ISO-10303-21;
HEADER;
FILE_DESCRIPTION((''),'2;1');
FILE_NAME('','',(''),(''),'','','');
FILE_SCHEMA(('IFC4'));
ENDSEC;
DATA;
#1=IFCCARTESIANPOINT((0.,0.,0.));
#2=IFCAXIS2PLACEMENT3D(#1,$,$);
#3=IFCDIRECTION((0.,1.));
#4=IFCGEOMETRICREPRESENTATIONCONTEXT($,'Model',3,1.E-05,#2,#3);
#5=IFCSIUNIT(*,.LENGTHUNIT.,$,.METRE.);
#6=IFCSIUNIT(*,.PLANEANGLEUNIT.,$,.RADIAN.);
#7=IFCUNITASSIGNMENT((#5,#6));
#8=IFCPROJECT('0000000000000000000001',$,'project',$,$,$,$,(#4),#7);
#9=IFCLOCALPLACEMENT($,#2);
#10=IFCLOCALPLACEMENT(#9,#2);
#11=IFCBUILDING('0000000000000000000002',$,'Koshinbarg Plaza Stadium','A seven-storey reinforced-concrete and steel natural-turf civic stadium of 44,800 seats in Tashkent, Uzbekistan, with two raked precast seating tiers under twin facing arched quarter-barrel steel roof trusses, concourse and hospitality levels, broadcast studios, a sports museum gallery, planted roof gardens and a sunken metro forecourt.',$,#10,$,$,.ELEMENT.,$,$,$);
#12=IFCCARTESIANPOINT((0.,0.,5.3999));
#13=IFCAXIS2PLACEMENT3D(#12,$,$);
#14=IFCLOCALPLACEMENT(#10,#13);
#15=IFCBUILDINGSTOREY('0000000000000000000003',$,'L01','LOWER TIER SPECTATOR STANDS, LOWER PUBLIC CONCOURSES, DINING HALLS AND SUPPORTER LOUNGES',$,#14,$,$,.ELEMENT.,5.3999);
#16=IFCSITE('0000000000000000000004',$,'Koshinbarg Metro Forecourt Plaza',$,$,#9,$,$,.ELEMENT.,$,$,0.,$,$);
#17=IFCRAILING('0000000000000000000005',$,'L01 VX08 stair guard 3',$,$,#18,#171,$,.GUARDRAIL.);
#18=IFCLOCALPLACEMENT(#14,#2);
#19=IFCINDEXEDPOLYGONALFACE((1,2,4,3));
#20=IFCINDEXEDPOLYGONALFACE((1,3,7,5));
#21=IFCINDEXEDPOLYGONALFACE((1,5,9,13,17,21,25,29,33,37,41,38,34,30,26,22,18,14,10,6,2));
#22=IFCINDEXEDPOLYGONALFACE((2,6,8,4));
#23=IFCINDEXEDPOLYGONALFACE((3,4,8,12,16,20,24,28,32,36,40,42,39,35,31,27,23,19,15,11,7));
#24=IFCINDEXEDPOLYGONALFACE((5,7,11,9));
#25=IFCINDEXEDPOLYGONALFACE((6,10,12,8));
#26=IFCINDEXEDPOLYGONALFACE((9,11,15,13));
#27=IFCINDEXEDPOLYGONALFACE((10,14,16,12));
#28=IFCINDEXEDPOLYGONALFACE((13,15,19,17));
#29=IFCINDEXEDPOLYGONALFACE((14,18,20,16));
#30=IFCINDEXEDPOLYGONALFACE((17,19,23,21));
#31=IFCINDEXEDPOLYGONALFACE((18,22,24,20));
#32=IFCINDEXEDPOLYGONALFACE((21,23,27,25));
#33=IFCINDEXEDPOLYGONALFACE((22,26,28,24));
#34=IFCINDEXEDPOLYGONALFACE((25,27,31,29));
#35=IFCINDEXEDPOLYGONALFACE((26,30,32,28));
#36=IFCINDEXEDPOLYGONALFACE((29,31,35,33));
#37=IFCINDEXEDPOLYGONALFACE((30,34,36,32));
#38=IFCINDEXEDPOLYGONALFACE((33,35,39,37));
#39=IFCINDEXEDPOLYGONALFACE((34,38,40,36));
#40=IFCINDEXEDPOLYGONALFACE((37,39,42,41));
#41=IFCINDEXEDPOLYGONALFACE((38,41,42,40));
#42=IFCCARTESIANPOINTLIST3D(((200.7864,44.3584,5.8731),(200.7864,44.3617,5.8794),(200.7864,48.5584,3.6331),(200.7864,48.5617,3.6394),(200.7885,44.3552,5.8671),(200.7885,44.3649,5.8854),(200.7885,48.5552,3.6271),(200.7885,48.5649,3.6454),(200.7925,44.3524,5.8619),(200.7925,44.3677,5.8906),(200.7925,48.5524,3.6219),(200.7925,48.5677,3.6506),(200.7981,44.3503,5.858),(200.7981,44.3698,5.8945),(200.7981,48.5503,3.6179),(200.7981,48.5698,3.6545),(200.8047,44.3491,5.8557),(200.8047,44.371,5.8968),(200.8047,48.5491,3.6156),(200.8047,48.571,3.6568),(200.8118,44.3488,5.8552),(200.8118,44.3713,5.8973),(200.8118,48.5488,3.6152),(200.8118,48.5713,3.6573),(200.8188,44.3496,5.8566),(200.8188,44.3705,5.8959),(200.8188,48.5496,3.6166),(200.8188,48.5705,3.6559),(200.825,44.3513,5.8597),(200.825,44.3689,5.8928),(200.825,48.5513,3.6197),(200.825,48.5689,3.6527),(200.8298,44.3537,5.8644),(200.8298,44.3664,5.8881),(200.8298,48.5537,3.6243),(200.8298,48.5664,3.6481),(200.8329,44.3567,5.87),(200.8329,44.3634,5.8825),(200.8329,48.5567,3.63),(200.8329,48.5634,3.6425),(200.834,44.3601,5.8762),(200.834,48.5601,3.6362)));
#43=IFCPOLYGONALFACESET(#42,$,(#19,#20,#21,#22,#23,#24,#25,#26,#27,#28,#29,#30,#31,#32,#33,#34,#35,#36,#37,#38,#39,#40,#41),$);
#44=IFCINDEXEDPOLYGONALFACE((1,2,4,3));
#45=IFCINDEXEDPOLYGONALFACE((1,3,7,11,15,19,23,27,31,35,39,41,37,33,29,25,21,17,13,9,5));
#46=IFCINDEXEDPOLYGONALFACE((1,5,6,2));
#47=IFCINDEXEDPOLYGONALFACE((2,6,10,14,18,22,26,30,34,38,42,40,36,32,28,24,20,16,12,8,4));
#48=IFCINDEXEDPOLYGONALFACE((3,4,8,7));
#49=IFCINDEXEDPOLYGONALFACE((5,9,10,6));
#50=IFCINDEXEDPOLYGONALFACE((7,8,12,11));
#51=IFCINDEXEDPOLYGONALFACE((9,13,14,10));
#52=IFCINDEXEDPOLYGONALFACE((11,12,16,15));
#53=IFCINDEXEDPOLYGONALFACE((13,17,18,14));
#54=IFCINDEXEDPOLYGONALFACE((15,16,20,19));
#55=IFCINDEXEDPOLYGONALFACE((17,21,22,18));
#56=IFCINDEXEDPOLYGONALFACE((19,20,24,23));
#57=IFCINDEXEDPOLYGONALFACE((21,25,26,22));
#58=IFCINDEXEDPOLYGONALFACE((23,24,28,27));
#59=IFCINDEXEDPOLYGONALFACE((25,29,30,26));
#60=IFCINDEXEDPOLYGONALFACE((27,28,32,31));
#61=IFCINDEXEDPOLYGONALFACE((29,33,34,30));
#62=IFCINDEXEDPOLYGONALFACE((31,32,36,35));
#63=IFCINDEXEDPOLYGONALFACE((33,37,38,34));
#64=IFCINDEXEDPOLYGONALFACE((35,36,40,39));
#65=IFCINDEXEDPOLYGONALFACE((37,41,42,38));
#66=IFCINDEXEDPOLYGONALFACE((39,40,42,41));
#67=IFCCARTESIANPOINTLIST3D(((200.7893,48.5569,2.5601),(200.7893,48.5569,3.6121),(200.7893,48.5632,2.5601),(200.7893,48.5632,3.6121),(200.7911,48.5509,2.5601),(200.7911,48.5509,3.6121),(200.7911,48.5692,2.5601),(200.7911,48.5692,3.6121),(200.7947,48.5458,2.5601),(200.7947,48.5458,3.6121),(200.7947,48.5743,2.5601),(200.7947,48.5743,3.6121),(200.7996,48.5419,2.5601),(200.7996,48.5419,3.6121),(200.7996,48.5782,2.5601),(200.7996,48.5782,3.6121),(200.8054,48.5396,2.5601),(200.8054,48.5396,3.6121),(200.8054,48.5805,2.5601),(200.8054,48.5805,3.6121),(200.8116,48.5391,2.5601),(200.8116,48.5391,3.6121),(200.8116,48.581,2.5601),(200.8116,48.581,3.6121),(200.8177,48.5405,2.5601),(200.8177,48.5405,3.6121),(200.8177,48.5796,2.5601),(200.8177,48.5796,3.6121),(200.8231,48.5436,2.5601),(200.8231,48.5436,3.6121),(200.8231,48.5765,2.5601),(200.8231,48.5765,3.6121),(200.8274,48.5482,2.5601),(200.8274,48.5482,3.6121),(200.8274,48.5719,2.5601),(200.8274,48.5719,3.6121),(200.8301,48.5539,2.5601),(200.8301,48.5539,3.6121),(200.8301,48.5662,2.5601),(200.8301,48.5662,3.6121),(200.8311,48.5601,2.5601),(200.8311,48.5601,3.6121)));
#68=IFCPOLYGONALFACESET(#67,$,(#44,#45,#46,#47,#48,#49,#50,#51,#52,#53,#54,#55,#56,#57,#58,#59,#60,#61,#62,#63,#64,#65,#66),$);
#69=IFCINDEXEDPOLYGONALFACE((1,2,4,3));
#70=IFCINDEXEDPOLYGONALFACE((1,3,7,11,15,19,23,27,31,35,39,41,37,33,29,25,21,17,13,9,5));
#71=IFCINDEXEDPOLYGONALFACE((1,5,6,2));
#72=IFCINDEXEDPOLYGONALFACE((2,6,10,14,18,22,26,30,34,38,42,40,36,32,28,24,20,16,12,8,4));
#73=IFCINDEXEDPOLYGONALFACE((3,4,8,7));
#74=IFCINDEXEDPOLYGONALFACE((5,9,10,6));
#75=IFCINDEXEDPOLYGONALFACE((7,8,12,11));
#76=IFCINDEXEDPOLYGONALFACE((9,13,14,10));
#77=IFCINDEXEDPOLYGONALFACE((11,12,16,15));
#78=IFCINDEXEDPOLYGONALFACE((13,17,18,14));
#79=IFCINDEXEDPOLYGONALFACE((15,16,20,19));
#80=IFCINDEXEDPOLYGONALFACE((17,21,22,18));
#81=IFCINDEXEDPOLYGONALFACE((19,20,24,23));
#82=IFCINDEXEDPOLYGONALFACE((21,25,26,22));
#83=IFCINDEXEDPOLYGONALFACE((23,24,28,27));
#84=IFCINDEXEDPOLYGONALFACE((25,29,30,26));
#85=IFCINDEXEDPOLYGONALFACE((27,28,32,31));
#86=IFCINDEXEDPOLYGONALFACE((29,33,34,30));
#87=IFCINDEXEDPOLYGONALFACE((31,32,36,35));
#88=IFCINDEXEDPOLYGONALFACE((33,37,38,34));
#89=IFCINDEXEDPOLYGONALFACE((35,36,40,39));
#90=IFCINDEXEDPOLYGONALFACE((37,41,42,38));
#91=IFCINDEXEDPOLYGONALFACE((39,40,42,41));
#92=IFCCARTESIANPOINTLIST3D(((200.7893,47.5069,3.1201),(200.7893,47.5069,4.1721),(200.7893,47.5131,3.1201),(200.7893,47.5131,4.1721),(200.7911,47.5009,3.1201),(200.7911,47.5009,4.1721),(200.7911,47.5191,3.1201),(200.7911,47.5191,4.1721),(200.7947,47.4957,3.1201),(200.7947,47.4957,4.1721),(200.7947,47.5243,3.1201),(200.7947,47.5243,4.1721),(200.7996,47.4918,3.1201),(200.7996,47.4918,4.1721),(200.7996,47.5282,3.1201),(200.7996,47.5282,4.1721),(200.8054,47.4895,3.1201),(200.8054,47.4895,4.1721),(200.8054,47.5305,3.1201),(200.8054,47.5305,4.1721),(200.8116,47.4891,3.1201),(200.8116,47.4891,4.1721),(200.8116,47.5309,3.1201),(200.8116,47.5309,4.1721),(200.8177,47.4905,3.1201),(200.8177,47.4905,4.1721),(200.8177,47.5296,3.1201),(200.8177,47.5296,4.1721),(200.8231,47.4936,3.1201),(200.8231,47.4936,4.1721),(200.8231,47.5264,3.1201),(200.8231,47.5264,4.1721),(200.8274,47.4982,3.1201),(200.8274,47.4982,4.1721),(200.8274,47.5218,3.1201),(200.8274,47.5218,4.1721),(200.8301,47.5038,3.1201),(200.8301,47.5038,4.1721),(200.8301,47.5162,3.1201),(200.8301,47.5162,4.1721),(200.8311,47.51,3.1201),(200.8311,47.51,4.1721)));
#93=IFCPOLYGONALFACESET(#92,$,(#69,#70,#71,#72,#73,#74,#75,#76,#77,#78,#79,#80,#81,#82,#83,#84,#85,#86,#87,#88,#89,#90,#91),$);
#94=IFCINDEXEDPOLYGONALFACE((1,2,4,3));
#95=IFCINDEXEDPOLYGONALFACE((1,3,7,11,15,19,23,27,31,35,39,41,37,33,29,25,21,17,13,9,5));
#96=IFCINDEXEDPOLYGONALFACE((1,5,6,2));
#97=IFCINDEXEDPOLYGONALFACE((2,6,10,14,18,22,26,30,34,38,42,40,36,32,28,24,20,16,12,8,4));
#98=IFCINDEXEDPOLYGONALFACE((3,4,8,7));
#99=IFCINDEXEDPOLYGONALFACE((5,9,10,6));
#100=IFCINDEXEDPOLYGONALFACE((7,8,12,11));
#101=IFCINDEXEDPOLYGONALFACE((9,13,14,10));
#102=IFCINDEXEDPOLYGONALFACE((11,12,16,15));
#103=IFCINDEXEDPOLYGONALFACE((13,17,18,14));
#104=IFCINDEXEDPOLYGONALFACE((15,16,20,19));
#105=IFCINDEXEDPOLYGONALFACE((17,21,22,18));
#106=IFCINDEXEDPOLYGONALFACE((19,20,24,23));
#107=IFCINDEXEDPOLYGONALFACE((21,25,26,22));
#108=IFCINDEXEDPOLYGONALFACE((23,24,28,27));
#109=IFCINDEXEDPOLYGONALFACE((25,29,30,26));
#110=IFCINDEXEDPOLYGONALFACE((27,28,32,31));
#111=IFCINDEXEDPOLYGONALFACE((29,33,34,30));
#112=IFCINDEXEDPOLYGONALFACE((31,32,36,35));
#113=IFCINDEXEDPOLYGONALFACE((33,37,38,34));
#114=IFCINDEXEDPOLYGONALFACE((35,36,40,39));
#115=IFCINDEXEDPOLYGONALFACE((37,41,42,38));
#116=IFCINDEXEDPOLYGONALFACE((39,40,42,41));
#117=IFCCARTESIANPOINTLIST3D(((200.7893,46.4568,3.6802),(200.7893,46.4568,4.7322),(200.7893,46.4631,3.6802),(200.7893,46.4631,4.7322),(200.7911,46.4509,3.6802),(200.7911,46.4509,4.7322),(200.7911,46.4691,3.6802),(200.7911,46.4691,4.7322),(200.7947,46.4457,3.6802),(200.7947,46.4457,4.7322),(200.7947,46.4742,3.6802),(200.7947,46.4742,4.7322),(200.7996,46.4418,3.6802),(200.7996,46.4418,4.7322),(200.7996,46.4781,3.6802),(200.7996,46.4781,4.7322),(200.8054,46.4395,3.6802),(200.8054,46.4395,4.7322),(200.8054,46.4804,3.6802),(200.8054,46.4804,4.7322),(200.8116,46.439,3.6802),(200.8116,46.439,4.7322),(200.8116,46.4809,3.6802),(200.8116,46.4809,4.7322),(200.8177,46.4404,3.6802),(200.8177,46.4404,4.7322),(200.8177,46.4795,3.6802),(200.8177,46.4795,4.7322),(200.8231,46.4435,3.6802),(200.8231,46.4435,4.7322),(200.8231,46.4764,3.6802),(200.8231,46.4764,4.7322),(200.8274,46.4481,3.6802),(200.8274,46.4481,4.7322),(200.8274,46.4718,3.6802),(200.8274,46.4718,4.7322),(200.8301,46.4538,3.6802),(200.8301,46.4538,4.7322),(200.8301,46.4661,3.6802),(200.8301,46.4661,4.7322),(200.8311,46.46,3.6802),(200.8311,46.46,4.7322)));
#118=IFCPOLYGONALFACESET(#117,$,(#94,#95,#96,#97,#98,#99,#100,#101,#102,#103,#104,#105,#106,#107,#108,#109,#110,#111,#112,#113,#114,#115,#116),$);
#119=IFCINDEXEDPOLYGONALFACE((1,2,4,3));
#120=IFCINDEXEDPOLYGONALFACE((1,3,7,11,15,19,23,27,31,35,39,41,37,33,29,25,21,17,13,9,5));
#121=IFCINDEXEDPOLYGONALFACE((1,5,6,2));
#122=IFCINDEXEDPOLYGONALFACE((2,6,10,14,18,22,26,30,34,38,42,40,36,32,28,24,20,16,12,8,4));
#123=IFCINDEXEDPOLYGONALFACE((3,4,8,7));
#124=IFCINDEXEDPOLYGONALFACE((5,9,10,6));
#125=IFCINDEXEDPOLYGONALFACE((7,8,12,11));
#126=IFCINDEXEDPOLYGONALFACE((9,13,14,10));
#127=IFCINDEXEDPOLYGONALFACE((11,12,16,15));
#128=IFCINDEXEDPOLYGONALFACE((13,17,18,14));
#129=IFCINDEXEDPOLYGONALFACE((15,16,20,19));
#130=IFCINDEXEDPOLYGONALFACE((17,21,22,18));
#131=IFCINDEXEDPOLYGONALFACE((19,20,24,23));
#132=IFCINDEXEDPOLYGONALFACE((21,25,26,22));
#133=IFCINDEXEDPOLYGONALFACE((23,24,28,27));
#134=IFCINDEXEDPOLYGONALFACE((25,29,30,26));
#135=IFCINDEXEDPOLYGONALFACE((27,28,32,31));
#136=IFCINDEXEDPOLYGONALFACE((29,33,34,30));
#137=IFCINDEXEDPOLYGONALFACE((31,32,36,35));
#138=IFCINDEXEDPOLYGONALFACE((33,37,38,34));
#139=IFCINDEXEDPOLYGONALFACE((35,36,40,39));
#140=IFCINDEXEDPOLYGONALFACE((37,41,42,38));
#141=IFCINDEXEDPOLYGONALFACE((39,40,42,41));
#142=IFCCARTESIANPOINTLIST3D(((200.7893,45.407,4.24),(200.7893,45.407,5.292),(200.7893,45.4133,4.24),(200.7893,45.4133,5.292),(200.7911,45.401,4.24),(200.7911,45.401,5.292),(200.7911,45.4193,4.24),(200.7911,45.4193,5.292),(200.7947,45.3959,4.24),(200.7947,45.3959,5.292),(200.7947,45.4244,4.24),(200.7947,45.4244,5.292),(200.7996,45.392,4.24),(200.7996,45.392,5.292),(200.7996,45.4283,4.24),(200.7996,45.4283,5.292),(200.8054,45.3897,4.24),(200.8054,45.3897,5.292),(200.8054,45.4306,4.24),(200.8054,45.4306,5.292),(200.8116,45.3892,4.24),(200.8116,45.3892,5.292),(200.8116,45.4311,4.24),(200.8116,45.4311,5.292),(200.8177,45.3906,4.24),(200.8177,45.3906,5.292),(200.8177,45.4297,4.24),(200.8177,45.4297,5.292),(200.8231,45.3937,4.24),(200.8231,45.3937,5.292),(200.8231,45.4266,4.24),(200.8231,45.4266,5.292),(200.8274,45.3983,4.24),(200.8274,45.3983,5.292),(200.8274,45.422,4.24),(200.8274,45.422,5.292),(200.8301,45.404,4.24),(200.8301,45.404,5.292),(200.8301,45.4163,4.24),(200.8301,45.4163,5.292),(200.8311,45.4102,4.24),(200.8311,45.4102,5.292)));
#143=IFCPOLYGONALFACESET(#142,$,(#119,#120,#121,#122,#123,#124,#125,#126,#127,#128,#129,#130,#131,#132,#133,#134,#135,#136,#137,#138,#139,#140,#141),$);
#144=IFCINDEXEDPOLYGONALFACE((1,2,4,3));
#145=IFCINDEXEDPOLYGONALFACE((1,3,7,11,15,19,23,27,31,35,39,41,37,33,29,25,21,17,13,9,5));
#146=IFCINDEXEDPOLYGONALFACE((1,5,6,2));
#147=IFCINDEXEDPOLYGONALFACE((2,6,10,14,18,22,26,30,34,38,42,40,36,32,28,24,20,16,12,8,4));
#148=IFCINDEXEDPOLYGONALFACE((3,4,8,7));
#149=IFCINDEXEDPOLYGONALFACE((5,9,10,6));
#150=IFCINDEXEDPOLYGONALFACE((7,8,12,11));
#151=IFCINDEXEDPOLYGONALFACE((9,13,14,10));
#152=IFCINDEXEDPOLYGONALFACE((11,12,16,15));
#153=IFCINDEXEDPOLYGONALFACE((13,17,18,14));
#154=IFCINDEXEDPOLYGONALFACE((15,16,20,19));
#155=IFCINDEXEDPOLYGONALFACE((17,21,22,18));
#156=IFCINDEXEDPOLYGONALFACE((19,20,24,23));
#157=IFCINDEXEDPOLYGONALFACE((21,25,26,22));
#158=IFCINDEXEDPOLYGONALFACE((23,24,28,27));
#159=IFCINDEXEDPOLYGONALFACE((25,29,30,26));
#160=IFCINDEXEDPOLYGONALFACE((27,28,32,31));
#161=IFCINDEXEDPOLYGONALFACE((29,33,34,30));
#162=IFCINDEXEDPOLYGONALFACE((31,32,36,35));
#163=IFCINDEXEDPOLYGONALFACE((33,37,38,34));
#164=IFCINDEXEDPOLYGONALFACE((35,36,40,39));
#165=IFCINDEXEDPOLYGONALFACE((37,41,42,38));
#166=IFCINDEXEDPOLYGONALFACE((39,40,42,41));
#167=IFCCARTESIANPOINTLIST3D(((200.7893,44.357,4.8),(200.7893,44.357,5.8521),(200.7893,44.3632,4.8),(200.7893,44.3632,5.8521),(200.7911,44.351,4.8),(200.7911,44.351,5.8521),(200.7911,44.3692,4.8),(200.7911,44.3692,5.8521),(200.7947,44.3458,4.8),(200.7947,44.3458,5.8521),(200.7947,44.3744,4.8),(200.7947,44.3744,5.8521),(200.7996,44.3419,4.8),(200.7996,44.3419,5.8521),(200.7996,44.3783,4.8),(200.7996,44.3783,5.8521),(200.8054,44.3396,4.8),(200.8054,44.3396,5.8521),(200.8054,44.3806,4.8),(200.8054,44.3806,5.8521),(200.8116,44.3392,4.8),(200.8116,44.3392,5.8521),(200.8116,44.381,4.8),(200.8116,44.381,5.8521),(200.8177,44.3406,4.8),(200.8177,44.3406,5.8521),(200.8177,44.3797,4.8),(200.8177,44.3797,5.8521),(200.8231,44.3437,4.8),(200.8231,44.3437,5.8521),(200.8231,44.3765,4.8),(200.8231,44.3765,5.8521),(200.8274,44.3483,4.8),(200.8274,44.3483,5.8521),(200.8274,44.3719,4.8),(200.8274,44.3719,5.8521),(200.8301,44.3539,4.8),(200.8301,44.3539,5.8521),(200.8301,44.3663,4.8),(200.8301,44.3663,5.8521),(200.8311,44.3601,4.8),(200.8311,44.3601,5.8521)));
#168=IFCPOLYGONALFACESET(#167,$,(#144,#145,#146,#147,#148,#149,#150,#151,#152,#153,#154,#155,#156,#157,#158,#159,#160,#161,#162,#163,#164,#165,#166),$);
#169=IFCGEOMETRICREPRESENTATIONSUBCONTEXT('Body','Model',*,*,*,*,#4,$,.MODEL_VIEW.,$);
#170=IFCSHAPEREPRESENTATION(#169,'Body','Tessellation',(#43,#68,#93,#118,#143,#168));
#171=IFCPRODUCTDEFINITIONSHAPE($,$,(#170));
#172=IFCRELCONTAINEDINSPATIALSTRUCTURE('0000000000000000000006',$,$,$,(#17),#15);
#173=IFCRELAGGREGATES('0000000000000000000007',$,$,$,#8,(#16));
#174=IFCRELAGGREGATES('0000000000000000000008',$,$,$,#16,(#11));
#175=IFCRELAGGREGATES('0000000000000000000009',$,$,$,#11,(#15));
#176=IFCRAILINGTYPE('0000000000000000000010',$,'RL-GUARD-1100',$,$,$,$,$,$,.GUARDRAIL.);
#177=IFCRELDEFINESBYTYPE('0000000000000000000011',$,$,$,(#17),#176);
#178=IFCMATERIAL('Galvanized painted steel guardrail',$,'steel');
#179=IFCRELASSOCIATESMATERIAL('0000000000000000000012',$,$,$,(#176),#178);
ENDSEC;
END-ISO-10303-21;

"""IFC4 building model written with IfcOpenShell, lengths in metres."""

from ifc_helpers import new_model, si_unit, direction, frame, origin, origin_2d, place, context, subcontext, project, spatial, circle, extrude, material, type_object, element, save


model = new_model("IFC4")

# Units and contexts
model_context = context("Model", 3, precision=1e-05, world=origin(), true_north=direction((0.0, 1.0)))
body_context = subcontext(model_context, "Body", "Model", "MODEL_VIEW")
ifc_project = project(units=[si_unit("LENGTHUNIT", "METRE"), si_unit("PLANEANGLEUNIT", "RADIAN")], contexts=[model_context])

# Site, building, storey
site_placement = place(None, origin())
site = spatial("IfcSite", under=ifc_project, at=site_placement, Name="Koshinbarg Metro Forecourt Plaza", CompositionType="ELEMENT", RefElevation=0.0)
building_placement = place(site_placement, origin())
building = spatial("IfcBuilding", under=site, at=building_placement, Name="Koshinbarg Plaza Stadium", Description="A seven-storey reinforced-concrete and steel natural-turf civic stadium of 44,800 seats in Tashkent, Uzbekistan, with two raked precast seating tiers under twin facing arched quarter-barrel steel roof trusses, concourse and hospitality levels, broadcast studios, a sports museum gallery, planted roof gardens and a sunken metro forecourt.", CompositionType="ELEMENT")
storey_placement = place(building_placement, frame((0.0, 0.0, 5.3999)))
storey = spatial("IfcBuildingStorey", under=building, at=storey_placement, Name="L01", Description="LOWER TIER SPECTATOR STANDS, LOWER PUBLIC CONCOURSES, DINING HALLS AND SUPPORTER LOUNGES", CompositionType="ELEMENT", Elevation=5.3999)

# Railing
ifc_material_1 = material(Name="Galvanized painted steel guardrail", Category="steel")
railing_type_1 = type_object("IfcRailingType", Name="RL-GUARD-1100", PredefinedType="GUARDRAIL", material=ifc_material_1)
railing_1_placement = place(storey_placement, frame((200.8101, 48.5601, 2.5601)))
element("IfcRailing", 1, at=railing_1_placement, inside=storey, type_object=railing_type_1, Name="L01 VX08 stair guard 3", PredefinedType="GUARDRAIL", context=body_context, shape_type="SweptSolid", body=[
    extrude(circle(Radius=0.0239, at=origin_2d()), frame((0.0, 0.0, 1.0762), z_axis=(0.0, -0.882352, 0.470591), x_axis=(1.0, 0.0, 0.0)), (0.0, 0.0, 1.0), 4.76),
    extrude(circle(Radius=0.021, at=origin_2d()), origin(), (0.0, 0.0, 1.0), 1.052),
    extrude(circle(Radius=0.021, at=origin_2d()), frame((0.0, -1.05, 0.5601)), (0.0, 0.0, 1.0), 1.052),
    extrude(circle(Radius=0.021, at=origin_2d()), frame((0.0, -2.1001, 1.1201)), (0.0, 0.0, 1.0), 1.052),
    extrude(circle(Radius=0.021, at=origin_2d()), frame((0.0, -3.1499, 1.6799)), (0.0, 0.0, 1.0), 1.052),
    extrude(circle(Radius=0.021, at=origin_2d()), frame((0.0, -4.2, 2.24)), (0.0, 0.0, 1.0), 1.052),
])

save(model, "model.ifc")
